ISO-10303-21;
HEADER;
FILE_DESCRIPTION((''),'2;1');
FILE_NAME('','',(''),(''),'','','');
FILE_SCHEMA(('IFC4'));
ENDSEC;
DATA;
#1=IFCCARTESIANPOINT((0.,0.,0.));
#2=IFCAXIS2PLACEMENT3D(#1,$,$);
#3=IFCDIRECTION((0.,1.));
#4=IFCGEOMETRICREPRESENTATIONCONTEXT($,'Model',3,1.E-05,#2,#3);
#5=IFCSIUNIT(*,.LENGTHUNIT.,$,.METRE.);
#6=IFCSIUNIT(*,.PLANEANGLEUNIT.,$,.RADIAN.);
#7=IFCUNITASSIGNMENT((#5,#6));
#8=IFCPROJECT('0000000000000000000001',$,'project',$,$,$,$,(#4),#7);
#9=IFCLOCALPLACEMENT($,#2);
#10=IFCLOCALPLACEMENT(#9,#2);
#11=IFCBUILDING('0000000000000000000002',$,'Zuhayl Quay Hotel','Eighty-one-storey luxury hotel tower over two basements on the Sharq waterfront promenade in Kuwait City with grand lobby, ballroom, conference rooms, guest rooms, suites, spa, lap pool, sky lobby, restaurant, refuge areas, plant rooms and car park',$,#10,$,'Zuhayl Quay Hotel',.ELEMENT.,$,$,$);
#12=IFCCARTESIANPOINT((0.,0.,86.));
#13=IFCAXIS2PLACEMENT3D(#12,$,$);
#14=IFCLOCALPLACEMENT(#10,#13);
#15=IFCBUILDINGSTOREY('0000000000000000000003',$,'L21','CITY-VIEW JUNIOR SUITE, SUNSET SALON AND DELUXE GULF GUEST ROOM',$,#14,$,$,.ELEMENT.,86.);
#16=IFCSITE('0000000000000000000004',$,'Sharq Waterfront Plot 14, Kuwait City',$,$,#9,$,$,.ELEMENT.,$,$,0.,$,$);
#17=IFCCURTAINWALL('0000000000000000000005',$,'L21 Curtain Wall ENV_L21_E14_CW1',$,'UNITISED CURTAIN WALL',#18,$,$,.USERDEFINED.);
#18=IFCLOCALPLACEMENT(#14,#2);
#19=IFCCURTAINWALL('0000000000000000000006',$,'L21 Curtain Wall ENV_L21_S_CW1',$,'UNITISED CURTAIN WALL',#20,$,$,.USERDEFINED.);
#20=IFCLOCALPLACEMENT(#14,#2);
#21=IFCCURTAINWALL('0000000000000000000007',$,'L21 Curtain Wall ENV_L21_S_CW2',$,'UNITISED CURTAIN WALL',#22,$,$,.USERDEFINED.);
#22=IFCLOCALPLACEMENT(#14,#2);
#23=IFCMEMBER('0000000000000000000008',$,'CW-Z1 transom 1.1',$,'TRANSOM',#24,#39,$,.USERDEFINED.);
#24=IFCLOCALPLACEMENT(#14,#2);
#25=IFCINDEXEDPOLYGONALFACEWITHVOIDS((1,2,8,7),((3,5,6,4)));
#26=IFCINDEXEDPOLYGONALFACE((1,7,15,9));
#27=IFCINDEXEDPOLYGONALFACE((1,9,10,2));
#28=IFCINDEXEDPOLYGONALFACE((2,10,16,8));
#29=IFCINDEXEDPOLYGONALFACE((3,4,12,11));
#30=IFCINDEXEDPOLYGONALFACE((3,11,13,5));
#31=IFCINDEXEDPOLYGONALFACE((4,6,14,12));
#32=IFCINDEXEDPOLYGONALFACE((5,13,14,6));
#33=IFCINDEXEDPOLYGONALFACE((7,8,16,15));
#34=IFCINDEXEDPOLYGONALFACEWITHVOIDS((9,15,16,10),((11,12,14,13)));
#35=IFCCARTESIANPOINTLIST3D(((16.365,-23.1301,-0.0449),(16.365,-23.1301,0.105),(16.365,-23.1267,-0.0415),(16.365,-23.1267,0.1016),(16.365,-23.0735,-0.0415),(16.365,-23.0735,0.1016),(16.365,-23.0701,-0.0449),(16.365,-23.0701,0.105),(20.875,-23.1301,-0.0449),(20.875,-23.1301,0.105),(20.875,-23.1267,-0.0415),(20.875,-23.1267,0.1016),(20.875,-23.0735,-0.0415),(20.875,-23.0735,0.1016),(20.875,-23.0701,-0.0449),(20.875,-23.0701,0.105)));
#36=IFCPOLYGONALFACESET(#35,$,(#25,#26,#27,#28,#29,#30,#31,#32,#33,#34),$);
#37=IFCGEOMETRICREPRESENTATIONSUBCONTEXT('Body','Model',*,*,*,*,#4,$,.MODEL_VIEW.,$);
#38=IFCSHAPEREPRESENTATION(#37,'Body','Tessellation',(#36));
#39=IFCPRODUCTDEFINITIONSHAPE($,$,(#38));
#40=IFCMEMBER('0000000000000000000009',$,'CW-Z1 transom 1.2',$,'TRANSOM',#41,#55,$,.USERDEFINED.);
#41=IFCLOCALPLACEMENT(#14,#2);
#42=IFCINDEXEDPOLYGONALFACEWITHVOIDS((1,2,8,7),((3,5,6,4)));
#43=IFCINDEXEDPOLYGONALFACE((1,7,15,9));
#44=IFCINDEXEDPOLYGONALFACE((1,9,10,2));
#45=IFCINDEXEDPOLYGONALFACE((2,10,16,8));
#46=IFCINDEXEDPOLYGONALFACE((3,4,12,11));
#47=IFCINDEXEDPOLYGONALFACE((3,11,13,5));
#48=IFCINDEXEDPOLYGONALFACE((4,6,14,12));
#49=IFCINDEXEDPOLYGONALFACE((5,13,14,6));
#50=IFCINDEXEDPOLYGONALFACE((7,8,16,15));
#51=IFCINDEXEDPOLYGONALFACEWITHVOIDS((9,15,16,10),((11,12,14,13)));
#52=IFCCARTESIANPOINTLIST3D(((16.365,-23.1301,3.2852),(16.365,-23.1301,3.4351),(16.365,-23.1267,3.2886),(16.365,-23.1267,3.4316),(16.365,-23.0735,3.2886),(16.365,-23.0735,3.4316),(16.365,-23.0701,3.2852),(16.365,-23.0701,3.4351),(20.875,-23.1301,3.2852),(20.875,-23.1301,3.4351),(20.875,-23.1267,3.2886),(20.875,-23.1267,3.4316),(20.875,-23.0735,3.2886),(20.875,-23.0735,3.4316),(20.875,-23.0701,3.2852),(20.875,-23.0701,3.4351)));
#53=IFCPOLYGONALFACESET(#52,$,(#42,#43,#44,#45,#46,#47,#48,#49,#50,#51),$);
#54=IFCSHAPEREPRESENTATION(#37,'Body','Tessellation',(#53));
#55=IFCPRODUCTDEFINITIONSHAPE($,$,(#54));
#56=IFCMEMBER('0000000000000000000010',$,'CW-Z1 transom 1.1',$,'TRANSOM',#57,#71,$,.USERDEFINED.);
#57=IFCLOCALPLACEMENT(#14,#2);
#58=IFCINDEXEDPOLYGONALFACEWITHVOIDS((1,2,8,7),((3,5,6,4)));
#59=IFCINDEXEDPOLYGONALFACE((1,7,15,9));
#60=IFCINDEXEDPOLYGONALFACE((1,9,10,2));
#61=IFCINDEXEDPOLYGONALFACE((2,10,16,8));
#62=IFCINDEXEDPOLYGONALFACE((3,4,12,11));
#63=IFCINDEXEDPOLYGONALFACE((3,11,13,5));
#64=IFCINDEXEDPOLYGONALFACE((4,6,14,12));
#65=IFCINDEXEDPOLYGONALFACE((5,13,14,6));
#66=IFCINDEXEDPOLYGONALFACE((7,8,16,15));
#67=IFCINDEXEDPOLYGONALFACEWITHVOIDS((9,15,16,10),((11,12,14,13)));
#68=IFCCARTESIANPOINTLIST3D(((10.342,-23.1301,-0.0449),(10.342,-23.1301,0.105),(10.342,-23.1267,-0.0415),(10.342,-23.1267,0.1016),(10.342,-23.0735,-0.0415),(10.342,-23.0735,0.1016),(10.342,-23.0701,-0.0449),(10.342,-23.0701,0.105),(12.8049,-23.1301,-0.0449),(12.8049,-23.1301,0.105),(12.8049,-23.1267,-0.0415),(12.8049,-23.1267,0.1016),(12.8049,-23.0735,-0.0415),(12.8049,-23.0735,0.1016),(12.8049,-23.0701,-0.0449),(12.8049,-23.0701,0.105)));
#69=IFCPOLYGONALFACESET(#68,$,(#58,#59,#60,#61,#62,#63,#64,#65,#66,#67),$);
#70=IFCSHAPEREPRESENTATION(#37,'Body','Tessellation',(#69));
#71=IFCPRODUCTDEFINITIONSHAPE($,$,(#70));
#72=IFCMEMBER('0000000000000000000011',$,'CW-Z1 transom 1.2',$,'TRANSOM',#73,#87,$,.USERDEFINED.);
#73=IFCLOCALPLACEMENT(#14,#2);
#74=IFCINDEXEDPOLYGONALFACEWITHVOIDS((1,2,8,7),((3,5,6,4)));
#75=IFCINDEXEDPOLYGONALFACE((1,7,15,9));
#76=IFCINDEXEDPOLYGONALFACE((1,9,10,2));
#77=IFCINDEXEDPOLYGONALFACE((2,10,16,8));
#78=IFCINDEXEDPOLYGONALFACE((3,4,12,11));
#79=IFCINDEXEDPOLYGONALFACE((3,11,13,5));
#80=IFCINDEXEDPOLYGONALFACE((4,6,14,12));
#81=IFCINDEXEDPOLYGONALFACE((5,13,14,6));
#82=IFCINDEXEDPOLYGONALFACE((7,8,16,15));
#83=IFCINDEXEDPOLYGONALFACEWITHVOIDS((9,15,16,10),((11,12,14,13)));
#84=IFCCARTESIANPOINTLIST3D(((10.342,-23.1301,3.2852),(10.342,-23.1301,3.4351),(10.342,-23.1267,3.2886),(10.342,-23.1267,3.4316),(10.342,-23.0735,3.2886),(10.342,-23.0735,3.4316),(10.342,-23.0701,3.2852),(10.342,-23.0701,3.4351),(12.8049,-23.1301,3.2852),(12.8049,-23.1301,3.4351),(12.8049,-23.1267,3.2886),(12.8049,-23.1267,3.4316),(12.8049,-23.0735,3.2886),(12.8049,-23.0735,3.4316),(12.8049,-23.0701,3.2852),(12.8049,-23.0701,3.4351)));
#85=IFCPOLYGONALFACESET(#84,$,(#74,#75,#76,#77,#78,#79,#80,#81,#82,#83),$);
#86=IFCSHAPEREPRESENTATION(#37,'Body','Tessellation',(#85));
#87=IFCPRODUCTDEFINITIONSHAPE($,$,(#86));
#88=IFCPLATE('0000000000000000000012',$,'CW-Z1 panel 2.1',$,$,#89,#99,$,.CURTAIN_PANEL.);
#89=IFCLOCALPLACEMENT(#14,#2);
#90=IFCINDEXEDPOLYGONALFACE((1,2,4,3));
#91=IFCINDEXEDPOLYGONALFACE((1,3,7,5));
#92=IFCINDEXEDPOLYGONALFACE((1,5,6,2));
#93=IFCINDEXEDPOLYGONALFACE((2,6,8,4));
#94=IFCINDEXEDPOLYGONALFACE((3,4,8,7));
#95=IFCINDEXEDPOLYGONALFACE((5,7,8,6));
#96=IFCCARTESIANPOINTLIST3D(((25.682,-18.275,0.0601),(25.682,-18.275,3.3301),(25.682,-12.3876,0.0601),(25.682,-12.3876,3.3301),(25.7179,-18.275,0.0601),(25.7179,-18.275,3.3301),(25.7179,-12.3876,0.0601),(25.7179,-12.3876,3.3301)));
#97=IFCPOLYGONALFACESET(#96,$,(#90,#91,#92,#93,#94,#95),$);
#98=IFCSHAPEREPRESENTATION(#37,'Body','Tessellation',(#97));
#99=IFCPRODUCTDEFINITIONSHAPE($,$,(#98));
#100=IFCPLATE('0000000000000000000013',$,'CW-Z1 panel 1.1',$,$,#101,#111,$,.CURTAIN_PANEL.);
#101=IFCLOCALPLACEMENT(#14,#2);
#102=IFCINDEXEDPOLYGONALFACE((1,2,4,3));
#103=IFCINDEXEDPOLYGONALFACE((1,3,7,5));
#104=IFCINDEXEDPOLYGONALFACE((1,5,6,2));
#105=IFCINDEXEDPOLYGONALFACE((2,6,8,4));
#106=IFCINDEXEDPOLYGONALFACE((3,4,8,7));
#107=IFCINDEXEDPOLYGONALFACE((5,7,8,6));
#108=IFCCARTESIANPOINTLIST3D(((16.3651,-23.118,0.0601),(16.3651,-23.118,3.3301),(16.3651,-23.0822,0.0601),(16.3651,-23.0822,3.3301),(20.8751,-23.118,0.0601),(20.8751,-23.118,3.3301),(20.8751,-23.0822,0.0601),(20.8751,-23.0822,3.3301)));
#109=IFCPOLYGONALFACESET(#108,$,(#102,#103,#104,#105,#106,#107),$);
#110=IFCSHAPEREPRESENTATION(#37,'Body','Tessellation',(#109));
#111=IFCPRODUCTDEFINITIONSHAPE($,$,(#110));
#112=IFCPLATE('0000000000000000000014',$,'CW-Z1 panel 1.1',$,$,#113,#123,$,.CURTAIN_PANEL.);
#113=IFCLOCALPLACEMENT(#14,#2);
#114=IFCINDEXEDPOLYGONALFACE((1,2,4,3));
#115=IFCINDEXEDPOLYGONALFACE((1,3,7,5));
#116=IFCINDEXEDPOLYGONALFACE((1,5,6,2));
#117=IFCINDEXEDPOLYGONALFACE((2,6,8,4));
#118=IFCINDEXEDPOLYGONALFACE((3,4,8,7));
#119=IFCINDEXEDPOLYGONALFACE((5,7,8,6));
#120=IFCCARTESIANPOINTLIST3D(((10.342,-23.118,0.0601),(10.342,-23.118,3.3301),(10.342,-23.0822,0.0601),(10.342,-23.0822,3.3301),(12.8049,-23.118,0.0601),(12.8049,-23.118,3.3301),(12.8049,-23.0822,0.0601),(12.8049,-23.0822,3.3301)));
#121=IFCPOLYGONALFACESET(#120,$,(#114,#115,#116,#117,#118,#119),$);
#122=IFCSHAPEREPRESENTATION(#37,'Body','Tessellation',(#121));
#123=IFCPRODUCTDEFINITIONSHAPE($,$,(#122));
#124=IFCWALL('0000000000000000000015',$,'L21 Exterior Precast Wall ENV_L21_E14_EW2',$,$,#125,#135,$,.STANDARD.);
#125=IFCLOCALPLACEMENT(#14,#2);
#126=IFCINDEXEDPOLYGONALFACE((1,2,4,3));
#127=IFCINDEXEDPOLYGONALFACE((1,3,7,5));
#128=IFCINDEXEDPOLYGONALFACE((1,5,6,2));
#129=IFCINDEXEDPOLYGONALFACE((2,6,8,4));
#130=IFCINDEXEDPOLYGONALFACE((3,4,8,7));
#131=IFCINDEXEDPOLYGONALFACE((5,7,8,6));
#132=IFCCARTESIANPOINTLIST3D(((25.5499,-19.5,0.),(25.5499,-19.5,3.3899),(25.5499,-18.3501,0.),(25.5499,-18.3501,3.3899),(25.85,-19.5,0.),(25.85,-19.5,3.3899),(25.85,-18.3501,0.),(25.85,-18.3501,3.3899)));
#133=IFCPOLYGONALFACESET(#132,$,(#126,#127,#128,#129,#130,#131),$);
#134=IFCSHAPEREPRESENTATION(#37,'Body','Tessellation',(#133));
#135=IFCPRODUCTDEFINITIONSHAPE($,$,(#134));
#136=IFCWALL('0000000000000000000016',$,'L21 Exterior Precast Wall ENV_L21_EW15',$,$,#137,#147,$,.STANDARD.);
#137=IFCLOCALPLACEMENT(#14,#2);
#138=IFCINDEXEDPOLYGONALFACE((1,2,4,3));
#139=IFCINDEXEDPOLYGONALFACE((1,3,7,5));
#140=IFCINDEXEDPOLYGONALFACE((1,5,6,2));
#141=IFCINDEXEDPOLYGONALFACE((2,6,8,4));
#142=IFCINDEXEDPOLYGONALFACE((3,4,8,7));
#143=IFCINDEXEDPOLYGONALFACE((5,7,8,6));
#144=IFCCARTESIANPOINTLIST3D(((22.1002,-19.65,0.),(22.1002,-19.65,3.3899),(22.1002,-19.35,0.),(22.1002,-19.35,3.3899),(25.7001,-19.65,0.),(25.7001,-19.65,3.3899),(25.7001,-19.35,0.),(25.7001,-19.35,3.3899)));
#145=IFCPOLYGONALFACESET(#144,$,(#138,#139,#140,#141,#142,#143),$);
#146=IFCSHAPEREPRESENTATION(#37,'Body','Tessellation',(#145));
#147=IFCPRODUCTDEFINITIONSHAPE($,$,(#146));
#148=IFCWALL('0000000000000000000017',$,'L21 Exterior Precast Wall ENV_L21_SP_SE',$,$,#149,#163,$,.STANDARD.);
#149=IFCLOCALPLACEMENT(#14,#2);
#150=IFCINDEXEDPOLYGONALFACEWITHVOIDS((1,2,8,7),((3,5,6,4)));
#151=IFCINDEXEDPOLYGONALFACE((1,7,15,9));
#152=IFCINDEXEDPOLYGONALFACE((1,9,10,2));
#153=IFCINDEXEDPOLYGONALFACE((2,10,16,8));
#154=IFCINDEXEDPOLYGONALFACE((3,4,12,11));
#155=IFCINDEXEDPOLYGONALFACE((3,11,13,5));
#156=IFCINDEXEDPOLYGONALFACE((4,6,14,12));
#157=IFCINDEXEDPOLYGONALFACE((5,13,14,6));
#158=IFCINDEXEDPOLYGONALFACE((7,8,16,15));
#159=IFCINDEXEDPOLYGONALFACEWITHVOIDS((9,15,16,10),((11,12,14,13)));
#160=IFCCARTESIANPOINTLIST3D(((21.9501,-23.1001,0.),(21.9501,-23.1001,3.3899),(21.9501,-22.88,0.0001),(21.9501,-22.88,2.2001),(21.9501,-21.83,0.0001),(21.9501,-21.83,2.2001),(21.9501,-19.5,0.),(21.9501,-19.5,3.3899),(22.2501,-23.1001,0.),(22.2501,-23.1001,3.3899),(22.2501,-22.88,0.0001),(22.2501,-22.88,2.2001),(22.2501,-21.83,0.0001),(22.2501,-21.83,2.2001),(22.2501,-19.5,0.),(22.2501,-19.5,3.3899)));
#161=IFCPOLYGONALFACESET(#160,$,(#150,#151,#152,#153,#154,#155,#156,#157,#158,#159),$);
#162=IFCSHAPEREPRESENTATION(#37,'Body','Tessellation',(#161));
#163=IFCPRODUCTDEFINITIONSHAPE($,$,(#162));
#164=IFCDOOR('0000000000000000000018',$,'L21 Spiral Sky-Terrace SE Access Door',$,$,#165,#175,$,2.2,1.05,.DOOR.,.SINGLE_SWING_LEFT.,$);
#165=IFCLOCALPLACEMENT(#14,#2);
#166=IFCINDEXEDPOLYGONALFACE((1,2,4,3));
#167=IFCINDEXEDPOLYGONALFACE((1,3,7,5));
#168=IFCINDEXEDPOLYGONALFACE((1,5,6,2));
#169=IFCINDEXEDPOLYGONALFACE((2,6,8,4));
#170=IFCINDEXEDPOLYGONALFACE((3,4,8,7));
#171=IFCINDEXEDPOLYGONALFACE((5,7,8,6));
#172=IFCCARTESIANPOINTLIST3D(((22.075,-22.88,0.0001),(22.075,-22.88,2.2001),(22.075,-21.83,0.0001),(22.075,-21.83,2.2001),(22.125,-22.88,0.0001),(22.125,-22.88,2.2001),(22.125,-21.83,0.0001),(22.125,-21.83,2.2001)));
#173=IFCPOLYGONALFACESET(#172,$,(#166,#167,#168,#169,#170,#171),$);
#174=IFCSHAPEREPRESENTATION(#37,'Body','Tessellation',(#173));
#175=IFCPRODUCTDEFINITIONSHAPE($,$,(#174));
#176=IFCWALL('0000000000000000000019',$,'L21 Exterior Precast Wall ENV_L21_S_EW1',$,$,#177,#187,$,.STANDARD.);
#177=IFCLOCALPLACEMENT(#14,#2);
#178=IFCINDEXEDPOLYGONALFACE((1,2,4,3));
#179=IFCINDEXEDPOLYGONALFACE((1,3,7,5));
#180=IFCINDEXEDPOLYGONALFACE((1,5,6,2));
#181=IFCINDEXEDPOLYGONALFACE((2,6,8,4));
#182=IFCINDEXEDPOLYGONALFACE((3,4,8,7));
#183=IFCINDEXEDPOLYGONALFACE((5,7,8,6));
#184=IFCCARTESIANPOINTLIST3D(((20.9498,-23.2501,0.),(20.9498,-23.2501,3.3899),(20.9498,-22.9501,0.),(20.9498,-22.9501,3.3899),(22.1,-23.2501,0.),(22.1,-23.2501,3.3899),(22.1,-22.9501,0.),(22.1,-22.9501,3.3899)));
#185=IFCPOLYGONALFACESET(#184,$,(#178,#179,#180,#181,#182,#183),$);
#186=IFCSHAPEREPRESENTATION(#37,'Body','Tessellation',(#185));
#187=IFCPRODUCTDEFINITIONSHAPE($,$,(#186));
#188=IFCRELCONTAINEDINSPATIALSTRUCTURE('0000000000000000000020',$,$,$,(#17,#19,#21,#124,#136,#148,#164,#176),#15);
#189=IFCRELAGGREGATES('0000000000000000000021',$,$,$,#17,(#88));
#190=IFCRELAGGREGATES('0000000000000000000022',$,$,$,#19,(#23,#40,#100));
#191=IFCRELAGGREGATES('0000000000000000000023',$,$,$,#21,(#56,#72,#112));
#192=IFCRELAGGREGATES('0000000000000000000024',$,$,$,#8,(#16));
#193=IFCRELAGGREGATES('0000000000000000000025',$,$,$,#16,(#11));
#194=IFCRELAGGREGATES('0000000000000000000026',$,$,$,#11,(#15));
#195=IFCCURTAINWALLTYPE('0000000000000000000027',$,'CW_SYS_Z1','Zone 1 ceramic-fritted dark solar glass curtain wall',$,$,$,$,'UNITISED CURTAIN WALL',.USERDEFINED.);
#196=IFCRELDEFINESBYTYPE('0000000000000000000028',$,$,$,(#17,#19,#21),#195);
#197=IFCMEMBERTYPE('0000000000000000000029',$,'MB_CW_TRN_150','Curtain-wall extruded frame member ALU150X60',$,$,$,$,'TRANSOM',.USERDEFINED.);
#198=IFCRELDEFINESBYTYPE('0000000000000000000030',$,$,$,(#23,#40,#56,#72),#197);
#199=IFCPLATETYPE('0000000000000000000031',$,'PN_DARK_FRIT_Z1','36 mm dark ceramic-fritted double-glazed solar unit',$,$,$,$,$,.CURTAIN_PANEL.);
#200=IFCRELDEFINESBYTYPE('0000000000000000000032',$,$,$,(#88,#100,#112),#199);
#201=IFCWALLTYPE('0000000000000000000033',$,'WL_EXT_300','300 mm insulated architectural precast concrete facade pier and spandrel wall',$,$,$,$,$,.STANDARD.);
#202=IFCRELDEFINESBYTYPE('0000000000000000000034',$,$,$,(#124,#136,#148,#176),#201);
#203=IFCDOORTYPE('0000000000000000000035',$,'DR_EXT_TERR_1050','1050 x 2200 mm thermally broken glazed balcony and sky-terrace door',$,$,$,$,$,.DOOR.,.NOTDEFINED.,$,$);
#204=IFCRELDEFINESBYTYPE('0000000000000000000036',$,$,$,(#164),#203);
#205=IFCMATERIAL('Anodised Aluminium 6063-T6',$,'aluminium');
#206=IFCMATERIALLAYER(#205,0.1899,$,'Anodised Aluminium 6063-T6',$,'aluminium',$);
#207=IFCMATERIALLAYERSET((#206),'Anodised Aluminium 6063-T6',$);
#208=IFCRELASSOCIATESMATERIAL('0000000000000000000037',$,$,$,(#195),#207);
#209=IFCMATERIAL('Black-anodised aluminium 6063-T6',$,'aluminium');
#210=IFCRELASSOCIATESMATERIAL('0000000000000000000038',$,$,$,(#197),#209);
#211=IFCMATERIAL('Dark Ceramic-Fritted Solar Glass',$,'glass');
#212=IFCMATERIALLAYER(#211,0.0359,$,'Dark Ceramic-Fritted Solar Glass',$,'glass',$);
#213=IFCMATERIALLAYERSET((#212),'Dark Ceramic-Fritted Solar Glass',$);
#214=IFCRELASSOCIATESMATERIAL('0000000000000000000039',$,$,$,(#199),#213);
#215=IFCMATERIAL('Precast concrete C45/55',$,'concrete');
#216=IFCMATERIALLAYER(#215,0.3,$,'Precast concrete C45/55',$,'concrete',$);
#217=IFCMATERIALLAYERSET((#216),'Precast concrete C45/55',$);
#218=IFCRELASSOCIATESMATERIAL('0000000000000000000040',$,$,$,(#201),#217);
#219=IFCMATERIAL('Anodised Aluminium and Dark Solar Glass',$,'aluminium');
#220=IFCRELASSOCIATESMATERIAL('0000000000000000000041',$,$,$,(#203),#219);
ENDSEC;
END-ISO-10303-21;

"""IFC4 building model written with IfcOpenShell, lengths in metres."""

from ifc_helpers import new_model, si_unit, direction, frame, frame_2d, origin, origin_2d, place, context, subcontext, project, spatial, rectangle, hollow_rectangle, extrude, material, layer, layer_set, material_profile, profile_set, type_object, element, fill, aggregate, save


model = new_model("IFC4")

# Units and contexts
model_context = context("Model", 3, precision=1e-05, world=origin(), true_north=direction((0.0, 1.0)))
body_context = subcontext(model_context, "Body", "Model", "MODEL_VIEW")
ifc_project = project(units=[si_unit("LENGTHUNIT", "METRE"), si_unit("PLANEANGLEUNIT", "RADIAN")], contexts=[model_context])

# Site, building, storey
site_placement = place(None, origin())
site = spatial("IfcSite", under=ifc_project, at=site_placement, Name="Sharq Waterfront Plot 14, Kuwait City", CompositionType="ELEMENT", RefElevation=0.0)
building_placement = place(site_placement, origin())
building = spatial("IfcBuilding", under=site, at=building_placement, Name="Zuhayl Quay Hotel", Description="Eighty-one-storey luxury hotel tower over two basements on the Sharq waterfront promenade in Kuwait City with grand lobby, ballroom, conference rooms, guest rooms, suites, spa, lap pool, sky lobby, restaurant, refuge areas, plant rooms and car park", LongName="Zuhayl Quay Hotel", CompositionType="ELEMENT")
storey_placement = place(building_placement, frame((0.0, 0.0, 86.0)))
storey = spatial("IfcBuildingStorey", under=building, at=storey_placement, Name="L21", Description="CITY-VIEW JUNIOR SUITE, SUNSET SALON AND DELUXE GULF GUEST ROOM", CompositionType="ELEMENT", Elevation=86.0)

# Curtain wall
ifc_material_1 = material(Name="Anodised Aluminium 6063-T6", Category="aluminium")
ifc_layer_1 = layer(ifc_material_1, 0.1899, Name="Anodised Aluminium 6063-T6", Category="aluminium")
ifc_layer_set_1 = layer_set([ifc_layer_1], Name="Anodised Aluminium 6063-T6")
curtain_wall_type = type_object("IfcCurtainWallType", Name="CW_SYS_Z1", Description="Zone 1 ceramic-fritted dark solar glass curtain wall", ElementType="UNITISED CURTAIN WALL", PredefinedType="USERDEFINED", material=ifc_layer_set_1)
curtain_wall_1_placement = place(storey_placement, origin())
curtain_wall_1 = element("IfcCurtainWall", 1, at=curtain_wall_1_placement, inside=storey, type_object=curtain_wall_type, Name="L21 Curtain Wall ENV_L21_E14_CW1", ObjectType="UNITISED CURTAIN WALL", PredefinedType="USERDEFINED")
ifc_material_2 = material(Name="Black-anodised aluminium 6063-T6", Category="aluminium")

# Curtain walls
curtain_wall_2_placement = place(storey_placement, origin())
curtain_wall_2 = element("IfcCurtainWall", 2, at=curtain_wall_2_placement, inside=storey, type_object=curtain_wall_type, Name="L21 Curtain Wall ENV_L21_S_CW1", ObjectType="UNITISED CURTAIN WALL", PredefinedType="USERDEFINED")
curtain_wall_3_placement = place(storey_placement, origin())
curtain_wall_3 = element("IfcCurtainWall", 3, at=curtain_wall_3_placement, inside=storey, type_object=curtain_wall_type, Name="L21 Curtain Wall ENV_L21_S_CW2", ObjectType="UNITISED CURTAIN WALL", PredefinedType="USERDEFINED")

# Members
ifc_material_profile_1 = material_profile(ifc_material_2, hollow_rectangle(XDim=0.0601, YDim=0.1499, WallThickness=0.0034, at=origin_2d()), Name="ALU150X60")
ifc_profile_set_1 = profile_set([ifc_material_profile_1], Name="Black-anodised aluminium 6063-T6")
member_type_1 = type_object("IfcMemberType", Name="MB_CW_TRN_150", Description="Curtain-wall extruded frame member ALU150X60", ElementType="TRANSOM", PredefinedType="USERDEFINED", material=ifc_profile_set_1)
member_1_placement = place(storey_placement, frame((20.875, -23.1001, 0.03), z_axis=(-1.0, 0.0, 0.0), x_axis=(0.0, -1.0, 0.0)))
member_1 = element("IfcMember", 4, at=member_1_placement, type_object=member_type_1, Name="CW-Z1 transom 1.1", ObjectType="TRANSOM", PredefinedType="USERDEFINED", context=body_context, shape_type="SweptSolid", body=[
    extrude(hollow_rectangle(XDim=0.0601, YDim=0.1499, WallThickness=0.0034, at=origin_2d()), origin(), (0.0, 0.0, 1.0), 4.51),
])
member_2_placement = place(storey_placement, frame((20.875, -23.1001, 3.3601), z_axis=(-1.0, 0.0, 0.0), x_axis=(0.0, -1.0, 0.0)))
member_2 = element("IfcMember", 5, at=member_2_placement, type_object=member_type_1, Name="CW-Z1 transom 1.2", ObjectType="TRANSOM", PredefinedType="USERDEFINED", context=body_context, shape_type="SweptSolid", body=[
    extrude(hollow_rectangle(XDim=0.0601, YDim=0.1499, WallThickness=0.0034, at=origin_2d()), origin(), (0.0, 0.0, 1.0), 4.51),
])
member_3_placement = place(storey_placement, frame((12.8049, -23.1001, 0.03), z_axis=(-1.0, 0.0, 0.0), x_axis=(0.0, -1.0, 0.0)))
member_3 = element("IfcMember", 6, at=member_3_placement, type_object=member_type_1, Name="CW-Z1 transom 1.1", ObjectType="TRANSOM", PredefinedType="USERDEFINED", context=body_context, shape_type="SweptSolid", body=[
    extrude(hollow_rectangle(XDim=0.0601, YDim=0.1499, WallThickness=0.0034, at=origin_2d()), origin(), (0.0, 0.0, 1.0), 2.4629),
])
member_4_placement = place(storey_placement, frame((12.8049, -23.1001, 3.3601), z_axis=(-1.0, 0.0, 0.0), x_axis=(0.0, -1.0, 0.0)))
member_4 = element("IfcMember", 7, at=member_4_placement, type_object=member_type_1, Name="CW-Z1 transom 1.2", ObjectType="TRANSOM", PredefinedType="USERDEFINED", context=body_context, shape_type="SweptSolid", body=[
    extrude(hollow_rectangle(XDim=0.0601, YDim=0.1499, WallThickness=0.0034, at=origin_2d()), origin(), (0.0, 0.0, 1.0), 2.4629),
])

# Plates
ifc_material_3 = material(Name="Dark Ceramic-Fritted Solar Glass", Category="glass")
ifc_layer_2 = layer(ifc_material_3, 0.0359, Name="Dark Ceramic-Fritted Solar Glass", Category="glass")
ifc_layer_set_2 = layer_set([ifc_layer_2], Name="Dark Ceramic-Fritted Solar Glass")
plate_type = type_object("IfcPlateType", Name="PN_DARK_FRIT_Z1", Description="36 mm dark ceramic-fritted double-glazed solar unit", PredefinedType="CURTAIN_PANEL", material=ifc_layer_set_2)
plate_1_placement = place(storey_placement, frame((25.7, -15.3313, 0.0601), z_axis=(0.0, 0.0, 1.0), x_axis=(0.0, -1.0, 0.0)))
plate_1 = element("IfcPlate", 8, at=plate_1_placement, type_object=plate_type, Name="CW-Z1 panel 2.1", PredefinedType="CURTAIN_PANEL", context=body_context, shape_type="SweptSolid", body=[
    extrude(rectangle(XDim=5.8875, YDim=0.0359, at=origin_2d()), origin(), (0.0, 0.0, 1.0), 3.27),
])
aggregate(curtain_wall_1, [plate_1])
plate_2_placement = place(storey_placement, frame((18.6201, -23.1001, 0.0601), z_axis=(0.0, 0.0, 1.0), x_axis=(-1.0, 0.0, 0.0)))
plate_2 = element("IfcPlate", 9, at=plate_2_placement, type_object=plate_type, Name="CW-Z1 panel 1.1", PredefinedType="CURTAIN_PANEL", context=body_context, shape_type="SweptSolid", body=[
    extrude(rectangle(XDim=4.51, YDim=0.0359, at=origin_2d()), origin(), (0.0, 0.0, 1.0), 3.27),
])
aggregate(curtain_wall_2, [member_1, member_2, plate_2])
plate_3_placement = place(storey_placement, frame((11.5735, -23.1001, 0.0601), z_axis=(0.0, 0.0, 1.0), x_axis=(-1.0, 0.0, 0.0)))
plate_3 = element("IfcPlate", 10, at=plate_3_placement, type_object=plate_type, Name="CW-Z1 panel 1.1", PredefinedType="CURTAIN_PANEL", context=body_context, shape_type="SweptSolid", body=[
    extrude(rectangle(XDim=2.4629, YDim=0.0359, at=origin_2d()), origin(), (0.0, 0.0, 1.0), 3.27),
])
aggregate(curtain_wall_3, [member_3, member_4, plate_3])

# Walls
ifc_material_4 = material(Name="Precast concrete C45/55", Category="concrete")
ifc_layer_3 = layer(ifc_material_4, 0.3, Name="Precast concrete C45/55", Category="concrete")
ifc_layer_set_3 = layer_set([ifc_layer_3], Name="Precast concrete C45/55")
wall_type_1 = type_object("IfcWallType", Name="WL_EXT_300", Description="300 mm insulated architectural precast concrete facade pier and spandrel wall", PredefinedType="STANDARD", material=ifc_layer_set_3)
wall_1_placement = place(storey_placement, frame((25.7, -18.3501, 0.0), z_axis=(0.0, 0.0, 1.0), x_axis=(0.0, -1.0, 0.0)))
element("IfcWall", 11, at=wall_1_placement, inside=storey, type_object=wall_type_1, Name="L21 Exterior Precast Wall ENV_L21_E14_EW2", PredefinedType="STANDARD", context=body_context, shape_type="SweptSolid", body=[
    extrude(rectangle(XDim=1.1499, YDim=0.3, at=frame_2d((0.575, 0.0))), origin(), (0.0, 0.0, 1.0), 3.3899),
])
wall_2_placement = place(storey_placement, frame((25.7, -19.5, 0.0), z_axis=(0.0, 0.0, 1.0), x_axis=(-1.0, 0.0, 0.0)))
element("IfcWall", 12, at=wall_2_placement, inside=storey, type_object=wall_type_1, Name="L21 Exterior Precast Wall ENV_L21_EW15", PredefinedType="STANDARD", context=body_context, shape_type="SweptSolid", body=[
    extrude(rectangle(XDim=3.5999, YDim=0.3, at=frame_2d((1.7998, 0.0))), origin(), (0.0, 0.0, 1.0), 3.3899),
])

# Wall, opening, door
wall_3_placement = place(storey_placement, frame((22.1001, -19.5, 0.0), z_axis=(0.0, 0.0, 1.0), x_axis=(0.0, -1.0, 0.0)))
wall_3 = element("IfcWall", 13, at=wall_3_placement, inside=storey, type_object=wall_type_1, Name="L21 Exterior Precast Wall ENV_L21_SP_SE", PredefinedType="STANDARD", context=body_context, shape_type="SweptSolid", body=[
    extrude(rectangle(XDim=3.6001, YDim=0.3, at=frame_2d((1.8, 0.0))), origin(), (0.0, 0.0, 1.0), 3.3899),
])
opening_1_placement = place(wall_3_placement, frame((2.3301, 0.0, 0.0)))
opening_1 = element("IfcOpeningElement", 14, at=opening_1_placement, cuts=wall_3, PredefinedType="OPENING", context=body_context, shape_type="SweptSolid", body=[
    extrude(rectangle(XDim=1.05, YDim=2.2, at=frame_2d((0.5249, 1.1001))), frame((0.0, 0.1599, 0.0), z_axis=(0.0, -1.0, 0.0), x_axis=(1.0, 0.0, 0.0)), (0.0, 0.0, 1.0), 0.3201),
])
ifc_material_5 = material(Name="Anodised Aluminium and Dark Solar Glass", Category="aluminium")
door_type = type_object("IfcDoorType", Name="DR_EXT_TERR_1050", Description="1050 x 2200 mm thermally broken glazed balcony and sky-terrace door", OperationType="NOTDEFINED", PredefinedType="DOOR", material=ifc_material_5)
door_1_placement = place(opening_1_placement, origin())
door_1 = element("IfcDoor", 15, at=door_1_placement, inside=storey, type_object=door_type, Name="L21 Spiral Sky-Terrace SE Access Door", OperationType="SINGLE_SWING_LEFT", OverallHeight=2.2, OverallWidth=1.05, PredefinedType="DOOR", context=body_context, shape_type="SweptSolid", body=[
    extrude(rectangle(XDim=1.05, YDim=2.2, at=frame_2d((0.5249, 1.1001))), frame((0.0, 0.0249, 0.0), z_axis=(0.0, -1.0, 0.0), x_axis=(1.0, 0.0, 0.0)), (0.0, 0.0, 1.0), 0.05),
])
fill(opening_1, door_1)

# Wall
wall_4_placement = place(storey_placement, frame((22.1001, -23.1001, 0.0), z_axis=(0.0, 0.0, 1.0), x_axis=(-1.0, 0.0, 0.0)))
element("IfcWall", 16, at=wall_4_placement, inside=storey, type_object=wall_type_1, Name="L21 Exterior Precast Wall ENV_L21_S_EW1", PredefinedType="STANDARD", context=body_context, shape_type="SweptSolid", body=[
    extrude(rectangle(XDim=1.1501, YDim=0.3, at=frame_2d((0.5752, 0.0))), origin(), (0.0, 0.0, 1.0), 3.3899),
])

save(model, "model.ifc")
